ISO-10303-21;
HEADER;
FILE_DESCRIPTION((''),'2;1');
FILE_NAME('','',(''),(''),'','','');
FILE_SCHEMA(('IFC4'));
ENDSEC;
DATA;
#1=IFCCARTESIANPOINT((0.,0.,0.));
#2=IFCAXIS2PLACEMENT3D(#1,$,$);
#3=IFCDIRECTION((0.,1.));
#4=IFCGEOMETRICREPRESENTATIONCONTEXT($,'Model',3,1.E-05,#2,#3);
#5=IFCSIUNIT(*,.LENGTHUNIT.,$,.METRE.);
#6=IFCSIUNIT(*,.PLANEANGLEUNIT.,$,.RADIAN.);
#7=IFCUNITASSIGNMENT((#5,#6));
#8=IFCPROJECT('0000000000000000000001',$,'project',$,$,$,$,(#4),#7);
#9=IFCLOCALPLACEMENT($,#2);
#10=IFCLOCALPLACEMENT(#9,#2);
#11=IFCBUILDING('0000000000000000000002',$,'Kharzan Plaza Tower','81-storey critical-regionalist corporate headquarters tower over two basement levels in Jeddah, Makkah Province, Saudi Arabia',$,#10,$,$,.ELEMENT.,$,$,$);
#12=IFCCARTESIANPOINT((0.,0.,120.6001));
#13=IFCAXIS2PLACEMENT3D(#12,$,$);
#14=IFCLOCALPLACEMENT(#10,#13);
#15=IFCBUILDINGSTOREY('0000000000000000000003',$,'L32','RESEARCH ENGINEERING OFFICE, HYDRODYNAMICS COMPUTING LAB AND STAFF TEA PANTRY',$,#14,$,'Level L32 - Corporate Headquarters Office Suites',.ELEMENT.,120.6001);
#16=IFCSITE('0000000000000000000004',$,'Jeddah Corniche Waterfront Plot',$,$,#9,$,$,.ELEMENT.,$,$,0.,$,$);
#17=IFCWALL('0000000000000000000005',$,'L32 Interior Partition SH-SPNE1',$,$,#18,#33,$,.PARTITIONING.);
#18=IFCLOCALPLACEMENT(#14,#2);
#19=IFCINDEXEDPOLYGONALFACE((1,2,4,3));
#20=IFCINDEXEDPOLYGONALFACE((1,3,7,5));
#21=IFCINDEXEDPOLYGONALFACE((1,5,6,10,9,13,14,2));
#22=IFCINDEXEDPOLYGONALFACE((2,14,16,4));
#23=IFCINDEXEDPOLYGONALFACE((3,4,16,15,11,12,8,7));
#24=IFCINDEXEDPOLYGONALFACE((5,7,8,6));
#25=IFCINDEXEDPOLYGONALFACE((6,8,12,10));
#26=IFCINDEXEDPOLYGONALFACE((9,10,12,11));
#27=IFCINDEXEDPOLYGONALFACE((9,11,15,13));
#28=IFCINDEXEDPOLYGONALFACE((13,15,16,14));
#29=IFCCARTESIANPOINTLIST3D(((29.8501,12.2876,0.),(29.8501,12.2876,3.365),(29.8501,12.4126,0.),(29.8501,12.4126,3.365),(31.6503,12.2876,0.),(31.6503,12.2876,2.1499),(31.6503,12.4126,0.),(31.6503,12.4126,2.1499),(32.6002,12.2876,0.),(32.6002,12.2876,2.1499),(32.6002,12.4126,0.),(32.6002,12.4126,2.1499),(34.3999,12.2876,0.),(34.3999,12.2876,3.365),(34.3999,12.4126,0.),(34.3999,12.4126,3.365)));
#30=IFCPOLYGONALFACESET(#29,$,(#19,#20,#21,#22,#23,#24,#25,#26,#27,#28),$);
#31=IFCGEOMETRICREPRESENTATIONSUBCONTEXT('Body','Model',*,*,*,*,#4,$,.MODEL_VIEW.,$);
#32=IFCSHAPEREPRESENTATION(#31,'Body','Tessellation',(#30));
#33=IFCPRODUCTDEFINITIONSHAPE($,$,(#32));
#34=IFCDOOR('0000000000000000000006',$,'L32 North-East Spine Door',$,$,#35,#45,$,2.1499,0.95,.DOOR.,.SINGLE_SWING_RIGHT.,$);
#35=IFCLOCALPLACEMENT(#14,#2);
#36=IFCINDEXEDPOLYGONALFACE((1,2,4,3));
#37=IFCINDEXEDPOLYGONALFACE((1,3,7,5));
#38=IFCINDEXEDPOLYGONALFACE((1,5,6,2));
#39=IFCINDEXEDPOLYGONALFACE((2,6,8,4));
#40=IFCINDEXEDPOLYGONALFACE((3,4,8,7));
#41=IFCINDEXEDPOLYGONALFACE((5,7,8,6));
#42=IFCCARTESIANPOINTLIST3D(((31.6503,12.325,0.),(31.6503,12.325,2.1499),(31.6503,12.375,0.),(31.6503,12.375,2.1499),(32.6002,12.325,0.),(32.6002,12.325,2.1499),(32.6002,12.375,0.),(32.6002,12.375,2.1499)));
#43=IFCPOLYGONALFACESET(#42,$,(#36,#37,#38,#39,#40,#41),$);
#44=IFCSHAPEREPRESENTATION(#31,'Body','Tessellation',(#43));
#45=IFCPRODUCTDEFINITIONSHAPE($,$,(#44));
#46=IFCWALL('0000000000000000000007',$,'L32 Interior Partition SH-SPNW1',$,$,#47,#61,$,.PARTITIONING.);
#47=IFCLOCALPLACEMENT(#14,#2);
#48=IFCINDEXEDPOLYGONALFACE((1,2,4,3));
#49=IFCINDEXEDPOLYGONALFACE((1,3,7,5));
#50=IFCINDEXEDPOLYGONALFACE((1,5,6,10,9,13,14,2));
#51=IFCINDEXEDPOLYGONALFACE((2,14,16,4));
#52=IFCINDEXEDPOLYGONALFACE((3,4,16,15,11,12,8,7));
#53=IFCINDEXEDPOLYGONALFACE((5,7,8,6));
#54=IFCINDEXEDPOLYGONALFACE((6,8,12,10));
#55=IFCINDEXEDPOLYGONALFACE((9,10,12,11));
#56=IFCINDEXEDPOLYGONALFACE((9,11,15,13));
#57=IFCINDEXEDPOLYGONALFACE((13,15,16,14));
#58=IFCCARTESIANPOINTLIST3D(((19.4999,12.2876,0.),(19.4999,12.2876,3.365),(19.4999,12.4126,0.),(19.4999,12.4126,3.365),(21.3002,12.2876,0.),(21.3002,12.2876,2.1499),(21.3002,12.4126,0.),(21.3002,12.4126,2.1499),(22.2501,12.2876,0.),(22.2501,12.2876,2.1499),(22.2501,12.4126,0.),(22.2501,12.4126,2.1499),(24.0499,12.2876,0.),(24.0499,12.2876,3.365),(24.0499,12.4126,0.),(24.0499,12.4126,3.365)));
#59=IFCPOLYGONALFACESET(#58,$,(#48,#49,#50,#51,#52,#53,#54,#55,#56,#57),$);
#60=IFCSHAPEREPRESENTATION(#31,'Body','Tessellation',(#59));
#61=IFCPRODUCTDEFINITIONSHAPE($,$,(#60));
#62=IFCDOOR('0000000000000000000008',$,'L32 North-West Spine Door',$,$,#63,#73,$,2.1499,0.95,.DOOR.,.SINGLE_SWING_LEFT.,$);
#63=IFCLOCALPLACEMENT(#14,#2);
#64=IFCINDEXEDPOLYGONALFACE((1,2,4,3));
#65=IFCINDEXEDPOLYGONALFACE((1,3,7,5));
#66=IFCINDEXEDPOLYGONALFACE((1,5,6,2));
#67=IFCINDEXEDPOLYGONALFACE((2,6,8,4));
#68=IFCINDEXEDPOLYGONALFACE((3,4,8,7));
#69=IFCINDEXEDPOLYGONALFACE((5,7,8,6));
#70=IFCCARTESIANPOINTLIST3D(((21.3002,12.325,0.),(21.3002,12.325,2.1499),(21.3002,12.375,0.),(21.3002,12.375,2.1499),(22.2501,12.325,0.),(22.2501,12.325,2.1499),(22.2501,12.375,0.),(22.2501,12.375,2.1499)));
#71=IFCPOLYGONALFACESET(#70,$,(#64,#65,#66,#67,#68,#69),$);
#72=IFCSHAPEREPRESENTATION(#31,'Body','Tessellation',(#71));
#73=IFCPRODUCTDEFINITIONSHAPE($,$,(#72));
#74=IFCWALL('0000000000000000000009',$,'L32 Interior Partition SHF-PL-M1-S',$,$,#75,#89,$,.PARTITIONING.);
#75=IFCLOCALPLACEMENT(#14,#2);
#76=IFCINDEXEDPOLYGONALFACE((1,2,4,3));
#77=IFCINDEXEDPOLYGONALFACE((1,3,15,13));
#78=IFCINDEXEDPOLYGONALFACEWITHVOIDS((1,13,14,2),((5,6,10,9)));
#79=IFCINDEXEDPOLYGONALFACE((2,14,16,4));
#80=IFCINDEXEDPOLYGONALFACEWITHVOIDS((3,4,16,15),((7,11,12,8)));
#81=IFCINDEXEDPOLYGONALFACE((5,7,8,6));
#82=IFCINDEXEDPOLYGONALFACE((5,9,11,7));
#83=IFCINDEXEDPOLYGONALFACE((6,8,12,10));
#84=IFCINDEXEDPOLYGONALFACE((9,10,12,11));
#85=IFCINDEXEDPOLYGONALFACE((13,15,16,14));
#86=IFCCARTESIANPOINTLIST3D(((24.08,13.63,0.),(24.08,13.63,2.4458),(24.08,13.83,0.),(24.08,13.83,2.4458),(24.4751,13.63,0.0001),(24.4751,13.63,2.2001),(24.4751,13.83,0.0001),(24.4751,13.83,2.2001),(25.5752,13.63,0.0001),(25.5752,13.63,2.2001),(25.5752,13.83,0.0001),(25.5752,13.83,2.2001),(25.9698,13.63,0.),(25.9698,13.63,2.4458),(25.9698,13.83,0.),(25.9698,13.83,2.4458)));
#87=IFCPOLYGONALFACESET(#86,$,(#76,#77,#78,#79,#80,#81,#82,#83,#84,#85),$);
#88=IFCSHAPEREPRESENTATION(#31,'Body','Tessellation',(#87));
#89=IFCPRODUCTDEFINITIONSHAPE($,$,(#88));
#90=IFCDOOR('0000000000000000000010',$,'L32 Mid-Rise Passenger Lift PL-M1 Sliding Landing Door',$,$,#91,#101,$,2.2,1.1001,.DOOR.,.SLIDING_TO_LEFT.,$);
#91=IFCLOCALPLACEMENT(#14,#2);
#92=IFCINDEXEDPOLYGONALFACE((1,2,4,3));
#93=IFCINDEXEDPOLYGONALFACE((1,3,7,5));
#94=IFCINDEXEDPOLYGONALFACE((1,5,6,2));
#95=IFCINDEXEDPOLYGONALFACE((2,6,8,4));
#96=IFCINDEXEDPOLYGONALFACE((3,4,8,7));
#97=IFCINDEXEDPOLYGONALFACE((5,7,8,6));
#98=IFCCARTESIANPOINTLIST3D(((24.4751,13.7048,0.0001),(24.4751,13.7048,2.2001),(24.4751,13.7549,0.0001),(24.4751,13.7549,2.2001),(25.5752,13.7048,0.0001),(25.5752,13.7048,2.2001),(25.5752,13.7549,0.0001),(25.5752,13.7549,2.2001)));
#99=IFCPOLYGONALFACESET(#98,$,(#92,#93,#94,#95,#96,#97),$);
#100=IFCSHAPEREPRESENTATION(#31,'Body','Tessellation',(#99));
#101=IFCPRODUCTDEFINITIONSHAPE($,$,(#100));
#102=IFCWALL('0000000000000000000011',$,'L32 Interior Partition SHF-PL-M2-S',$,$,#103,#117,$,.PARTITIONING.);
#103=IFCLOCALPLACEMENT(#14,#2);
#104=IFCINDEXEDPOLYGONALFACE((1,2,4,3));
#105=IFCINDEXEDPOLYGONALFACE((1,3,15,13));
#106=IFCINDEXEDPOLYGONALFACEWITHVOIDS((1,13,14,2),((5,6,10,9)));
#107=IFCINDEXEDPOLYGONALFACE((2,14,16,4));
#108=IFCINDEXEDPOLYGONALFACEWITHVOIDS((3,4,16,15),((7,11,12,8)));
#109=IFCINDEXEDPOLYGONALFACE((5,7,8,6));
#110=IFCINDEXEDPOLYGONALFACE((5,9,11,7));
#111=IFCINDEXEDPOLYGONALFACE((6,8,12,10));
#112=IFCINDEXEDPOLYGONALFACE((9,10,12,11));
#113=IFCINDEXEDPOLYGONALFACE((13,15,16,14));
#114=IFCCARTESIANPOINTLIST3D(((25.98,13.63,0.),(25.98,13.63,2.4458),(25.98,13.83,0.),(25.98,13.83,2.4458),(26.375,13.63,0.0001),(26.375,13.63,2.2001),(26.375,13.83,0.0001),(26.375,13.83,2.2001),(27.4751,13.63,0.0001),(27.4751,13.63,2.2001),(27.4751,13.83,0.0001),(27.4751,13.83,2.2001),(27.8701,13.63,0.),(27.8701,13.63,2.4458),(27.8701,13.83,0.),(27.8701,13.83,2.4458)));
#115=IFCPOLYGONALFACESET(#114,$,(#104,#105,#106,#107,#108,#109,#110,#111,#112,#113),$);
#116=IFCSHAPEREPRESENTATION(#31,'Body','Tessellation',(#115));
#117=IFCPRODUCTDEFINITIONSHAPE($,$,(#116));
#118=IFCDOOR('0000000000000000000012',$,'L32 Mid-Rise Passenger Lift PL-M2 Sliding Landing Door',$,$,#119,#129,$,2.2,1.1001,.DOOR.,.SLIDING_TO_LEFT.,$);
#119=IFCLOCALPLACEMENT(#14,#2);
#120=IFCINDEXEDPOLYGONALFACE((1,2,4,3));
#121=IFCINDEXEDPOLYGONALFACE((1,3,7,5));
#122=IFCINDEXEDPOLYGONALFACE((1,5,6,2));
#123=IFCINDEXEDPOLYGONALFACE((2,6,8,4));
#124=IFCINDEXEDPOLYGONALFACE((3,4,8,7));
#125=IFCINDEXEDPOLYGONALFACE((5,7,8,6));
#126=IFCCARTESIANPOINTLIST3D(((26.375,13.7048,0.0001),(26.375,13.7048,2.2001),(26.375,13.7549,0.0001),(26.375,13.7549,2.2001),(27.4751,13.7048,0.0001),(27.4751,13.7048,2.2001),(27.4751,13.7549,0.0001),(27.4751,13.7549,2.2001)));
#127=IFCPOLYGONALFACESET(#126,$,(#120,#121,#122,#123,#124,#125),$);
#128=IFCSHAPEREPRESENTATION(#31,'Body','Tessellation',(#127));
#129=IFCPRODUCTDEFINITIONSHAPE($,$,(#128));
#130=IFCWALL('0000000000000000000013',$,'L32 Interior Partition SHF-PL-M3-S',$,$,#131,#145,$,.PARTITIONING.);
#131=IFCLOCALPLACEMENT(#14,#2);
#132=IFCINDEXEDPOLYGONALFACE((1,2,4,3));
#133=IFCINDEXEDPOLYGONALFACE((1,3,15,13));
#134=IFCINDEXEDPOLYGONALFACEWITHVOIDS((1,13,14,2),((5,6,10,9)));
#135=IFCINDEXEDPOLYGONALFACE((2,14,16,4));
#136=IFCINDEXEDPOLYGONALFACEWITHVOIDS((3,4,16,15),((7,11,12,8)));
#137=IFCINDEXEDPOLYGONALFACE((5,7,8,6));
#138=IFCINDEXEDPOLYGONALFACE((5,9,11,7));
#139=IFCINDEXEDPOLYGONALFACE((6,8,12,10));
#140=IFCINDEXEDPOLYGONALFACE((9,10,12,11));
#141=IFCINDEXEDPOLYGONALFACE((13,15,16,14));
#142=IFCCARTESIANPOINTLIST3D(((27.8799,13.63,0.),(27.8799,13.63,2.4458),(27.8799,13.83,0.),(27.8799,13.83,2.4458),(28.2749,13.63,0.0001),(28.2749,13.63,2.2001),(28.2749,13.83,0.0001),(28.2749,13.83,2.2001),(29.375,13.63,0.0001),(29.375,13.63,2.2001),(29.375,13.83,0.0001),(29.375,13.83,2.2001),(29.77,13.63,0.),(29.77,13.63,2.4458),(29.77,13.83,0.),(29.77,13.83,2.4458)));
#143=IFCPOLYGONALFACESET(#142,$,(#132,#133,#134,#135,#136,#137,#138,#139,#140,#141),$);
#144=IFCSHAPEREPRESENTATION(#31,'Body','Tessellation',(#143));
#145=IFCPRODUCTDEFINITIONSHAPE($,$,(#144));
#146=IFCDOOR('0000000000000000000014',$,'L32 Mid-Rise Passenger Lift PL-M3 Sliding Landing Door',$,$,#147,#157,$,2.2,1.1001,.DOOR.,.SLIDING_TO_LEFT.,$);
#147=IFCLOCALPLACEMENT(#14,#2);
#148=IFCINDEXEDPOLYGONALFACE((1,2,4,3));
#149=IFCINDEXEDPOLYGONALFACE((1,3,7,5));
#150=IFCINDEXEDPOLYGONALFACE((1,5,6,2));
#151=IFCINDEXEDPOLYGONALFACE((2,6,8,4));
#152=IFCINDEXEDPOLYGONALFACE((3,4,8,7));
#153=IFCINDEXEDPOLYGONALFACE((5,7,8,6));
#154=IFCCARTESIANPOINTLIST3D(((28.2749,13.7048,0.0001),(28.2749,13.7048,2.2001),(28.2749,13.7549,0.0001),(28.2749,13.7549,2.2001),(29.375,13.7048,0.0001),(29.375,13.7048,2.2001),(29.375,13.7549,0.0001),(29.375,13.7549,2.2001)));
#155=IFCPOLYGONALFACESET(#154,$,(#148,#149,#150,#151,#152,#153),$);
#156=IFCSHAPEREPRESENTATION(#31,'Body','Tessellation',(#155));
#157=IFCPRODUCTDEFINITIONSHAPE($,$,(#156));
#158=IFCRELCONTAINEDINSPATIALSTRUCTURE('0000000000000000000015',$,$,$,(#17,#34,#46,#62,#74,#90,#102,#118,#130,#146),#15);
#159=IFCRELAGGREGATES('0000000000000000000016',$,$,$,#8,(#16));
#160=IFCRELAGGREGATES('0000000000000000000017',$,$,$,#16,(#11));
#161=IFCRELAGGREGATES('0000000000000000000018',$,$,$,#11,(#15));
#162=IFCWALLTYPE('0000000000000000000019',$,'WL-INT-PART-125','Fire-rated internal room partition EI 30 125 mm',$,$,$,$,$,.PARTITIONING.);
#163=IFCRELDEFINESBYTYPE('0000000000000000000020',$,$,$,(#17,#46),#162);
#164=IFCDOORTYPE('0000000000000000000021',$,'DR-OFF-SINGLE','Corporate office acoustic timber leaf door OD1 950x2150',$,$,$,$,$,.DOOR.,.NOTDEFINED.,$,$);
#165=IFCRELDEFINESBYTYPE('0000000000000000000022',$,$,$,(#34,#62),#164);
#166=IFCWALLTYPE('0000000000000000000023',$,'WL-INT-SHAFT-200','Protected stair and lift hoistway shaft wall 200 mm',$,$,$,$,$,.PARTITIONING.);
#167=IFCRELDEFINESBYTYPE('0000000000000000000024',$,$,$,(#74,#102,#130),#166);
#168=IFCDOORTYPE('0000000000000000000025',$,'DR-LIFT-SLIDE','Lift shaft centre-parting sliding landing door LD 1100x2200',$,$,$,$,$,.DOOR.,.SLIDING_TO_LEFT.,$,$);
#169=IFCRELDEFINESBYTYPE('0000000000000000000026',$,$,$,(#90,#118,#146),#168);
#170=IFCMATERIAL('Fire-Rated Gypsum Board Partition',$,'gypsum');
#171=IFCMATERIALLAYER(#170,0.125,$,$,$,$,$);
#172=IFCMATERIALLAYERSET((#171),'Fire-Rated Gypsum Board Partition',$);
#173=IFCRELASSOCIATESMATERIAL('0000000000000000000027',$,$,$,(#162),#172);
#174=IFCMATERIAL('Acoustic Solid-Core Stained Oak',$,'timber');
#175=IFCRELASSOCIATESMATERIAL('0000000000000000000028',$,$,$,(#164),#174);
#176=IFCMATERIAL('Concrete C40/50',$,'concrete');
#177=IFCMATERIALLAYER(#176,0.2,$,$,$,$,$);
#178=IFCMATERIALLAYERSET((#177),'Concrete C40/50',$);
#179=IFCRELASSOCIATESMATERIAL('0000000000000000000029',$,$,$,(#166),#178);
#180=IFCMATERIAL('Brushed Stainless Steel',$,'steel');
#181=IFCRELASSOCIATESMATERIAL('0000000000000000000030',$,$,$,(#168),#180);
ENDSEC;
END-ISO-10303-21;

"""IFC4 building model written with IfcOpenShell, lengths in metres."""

from ifc_helpers import new_model, si_unit, direction, frame, frame_2d, origin, place, context, subcontext, project, spatial, rectangle, extrude, source, transform, mapped, material, layer, layer_set, type_object, element, fill, save


model = new_model("IFC4")

# Units and contexts
model_context = context("Model", 3, precision=1e-05, world=origin(), true_north=direction((0.0, 1.0)))
body_context = subcontext(model_context, "Body", "Model", "MODEL_VIEW")
ifc_project = project(units=[si_unit("LENGTHUNIT", "METRE"), si_unit("PLANEANGLEUNIT", "RADIAN")], contexts=[model_context])

# Site, building, storey
site_placement = place(None, origin())
site = spatial("IfcSite", under=ifc_project, at=site_placement, Name="Jeddah Corniche Waterfront Plot", CompositionType="ELEMENT", RefElevation=0.0)
building_placement = place(site_placement, origin())
building = spatial("IfcBuilding", under=site, at=building_placement, Name="Kharzan Plaza Tower", Description="81-storey critical-regionalist corporate headquarters tower over two basement levels in Jeddah, Makkah Province, Saudi Arabia", CompositionType="ELEMENT")
storey_placement = place(building_placement, frame((0.0, 0.0, 120.6001)))
storey = spatial("IfcBuildingStorey", under=building, at=storey_placement, Name="L32", Description="RESEARCH ENGINEERING OFFICE, HYDRODYNAMICS COMPUTING LAB AND STAFF TEA PANTRY", LongName="Level L32 - Corporate Headquarters Office Suites", CompositionType="ELEMENT", Elevation=120.6001)

# Walls, openings, doors
ifc_material_1 = material(Name="Fire-Rated Gypsum Board Partition", Category="gypsum")
ifc_layer_1 = layer(ifc_material_1, 0.125)
ifc_layer_set_1 = layer_set([ifc_layer_1], Name="Fire-Rated Gypsum Board Partition")
wall_type_1 = type_object("IfcWallType", Name="WL-INT-PART-125", Description="Fire-rated internal room partition EI 30 125 mm", PredefinedType="PARTITIONING", material=ifc_layer_set_1)
ifc_material_2 = material(Name="Acoustic Solid-Core Stained Oak", Category="timber")
door_type_1 = type_object("IfcDoorType", Name="DR-OFF-SINGLE", Description="Corporate office acoustic timber leaf door OD1 950x2150", OperationType="NOTDEFINED", PredefinedType="DOOR", material=ifc_material_2)
shared_shape_1 = source(origin(), body_context, "Body", "SweptSolid", [
    extrude(rectangle(XDim=0.95, YDim=2.1499, at=frame_2d((0.4751, 1.075))), frame((0.0, 0.0249, 0.0), z_axis=(0.0, -1.0, 0.0), x_axis=(1.0, 0.0, 0.0)), (0.0, 0.0, 1.0), 0.05),
])
wall_1_placement = place(storey_placement, frame((29.8501, 12.3501, 0.0), z_axis=(0.0, 0.0, 1.0), x_axis=(1.0, 0.0, 0.0)))
wall_1 = element("IfcWall", 1, at=wall_1_placement, inside=storey, type_object=wall_type_1, Name="L32 Interior Partition SH-SPNE1", PredefinedType="PARTITIONING", context=body_context, shape_type="SweptSolid", body=[
    extrude(rectangle(XDim=4.5498, YDim=0.125, at=frame_2d((2.2749, 0.0))), origin(), (0.0, 0.0, 1.0), 3.365),
])
opening_1_placement = place(wall_1_placement, frame((1.8, 0.0, 0.0)))
opening_1 = element("IfcOpeningElement", 2, at=opening_1_placement, cuts=wall_1, PredefinedType="OPENING", context=body_context, shape_type="SweptSolid", body=[
    extrude(rectangle(XDim=0.95, YDim=2.1499, at=frame_2d((0.4751, 1.075))), frame((0.0, 0.0725, 0.0), z_axis=(0.0, -1.0, 0.0), x_axis=(1.0, 0.0, 0.0)), (0.0, 0.0, 1.0), 0.145),
])
door_1_placement = place(opening_1_placement, origin())
door_1 = element("IfcDoor", 3, at=door_1_placement, inside=storey, type_object=door_type_1, Name="L32 North-East Spine Door", OperationType="SINGLE_SWING_RIGHT", OverallHeight=2.1499, OverallWidth=0.95, PredefinedType="DOOR", context=body_context, shape_type="MappedRepresentation", body=[
    mapped(shared_shape_1, transform((0.0, 0.0, 0.0), x_axis=(1.0, 0.0, 0.0), y_axis=(0.0, 1.0, 0.0), z_axis=(0.0, 0.0, 1.0))),
])
fill(opening_1, door_1)
wall_2_placement = place(storey_placement, frame((19.5, 12.3501, 0.0), z_axis=(0.0, 0.0, 1.0), x_axis=(1.0, 0.0, 0.0)))
wall_2 = element("IfcWall", 4, at=wall_2_placement, inside=storey, type_object=wall_type_1, Name="L32 Interior Partition SH-SPNW1", PredefinedType="PARTITIONING", context=body_context, shape_type="SweptSolid", body=[
    extrude(rectangle(XDim=4.55, YDim=0.125, at=frame_2d((2.2749, 0.0))), origin(), (0.0, 0.0, 1.0), 3.365),
])
opening_2_placement = place(wall_2_placement, frame((1.8, 0.0, 0.0)))
opening_2 = element("IfcOpeningElement", 5, at=opening_2_placement, cuts=wall_2, PredefinedType="OPENING", context=body_context, shape_type="SweptSolid", body=[
    extrude(rectangle(XDim=0.95, YDim=2.1499, at=frame_2d((0.4751, 1.075))), frame((0.0, 0.0725, 0.0), z_axis=(0.0, -1.0, 0.0), x_axis=(1.0, 0.0, 0.0)), (0.0, 0.0, 1.0), 0.145),
])
door_2_placement = place(opening_2_placement, origin())
door_2 = element("IfcDoor", 6, at=door_2_placement, inside=storey, type_object=door_type_1, Name="L32 North-West Spine Door", OperationType="SINGLE_SWING_LEFT", OverallHeight=2.1499, OverallWidth=0.95, PredefinedType="DOOR", context=body_context, shape_type="MappedRepresentation", body=[
    mapped(shared_shape_1, transform((0.0, 0.0, 0.0), x_axis=(1.0, 0.0, 0.0), y_axis=(0.0, 1.0, 0.0), z_axis=(0.0, 0.0, 1.0))),
])
fill(opening_2, door_2)
ifc_material_3 = material(Name="Concrete C40/50", Category="concrete")
ifc_layer_2 = layer(ifc_material_3, 0.2)
ifc_layer_set_2 = layer_set([ifc_layer_2], Name="Concrete C40/50")
wall_type_2 = type_object("IfcWallType", Name="WL-INT-SHAFT-200", Description="Protected stair and lift hoistway shaft wall 200 mm", PredefinedType="PARTITIONING", material=ifc_layer_set_2)
wall_3_placement = place(storey_placement, frame((24.0801, 13.73, 0.0), z_axis=(0.0, 0.0, 1.0), x_axis=(1.0, 0.0, 0.0)))
wall_3 = element("IfcWall", 7, at=wall_3_placement, inside=storey, type_object=wall_type_2, Name="L32 Interior Partition SHF-PL-M1-S", PredefinedType="PARTITIONING", context=body_context, shape_type="SweptSolid", body=[
    extrude(rectangle(XDim=1.8899, YDim=0.2, at=frame_2d((0.9448, 0.0))), origin(), (0.0, 0.0, 1.0), 2.4458),
])
opening_3_placement = place(wall_3_placement, frame((0.395, 0.0, 0.0)))
opening_3 = element("IfcOpeningElement", 8, at=opening_3_placement, cuts=wall_3, PredefinedType="OPENING", context=body_context, shape_type="SweptSolid", body=[
    extrude(rectangle(XDim=1.1001, YDim=2.2, at=frame_2d((0.55, 1.1001))), frame((0.0, 0.1099, 0.0), z_axis=(0.0, -1.0, 0.0), x_axis=(1.0, 0.0, 0.0)), (0.0, 0.0, 1.0), 0.22),
])
ifc_material_4 = material(Name="Brushed Stainless Steel", Category="steel")
door_type_2 = type_object("IfcDoorType", Name="DR-LIFT-SLIDE", Description="Lift shaft centre-parting sliding landing door LD 1100x2200", OperationType="SLIDING_TO_LEFT", PredefinedType="DOOR", material=ifc_material_4)
shared_shape_2 = source(origin(), body_context, "Body", "SweptSolid", [
    extrude(rectangle(XDim=1.1001, YDim=2.2, at=frame_2d((0.55, 1.1001))), frame((0.0, 0.0249, 0.0), z_axis=(0.0, -1.0, 0.0), x_axis=(1.0, 0.0, 0.0)), (0.0, 0.0, 1.0), 0.05),
])
door_3_placement = place(opening_3_placement, origin())
door_3 = element("IfcDoor", 9, at=door_3_placement, inside=storey, type_object=door_type_2, Name="L32 Mid-Rise Passenger Lift PL-M1 Sliding Landing Door", OperationType="SLIDING_TO_LEFT", OverallHeight=2.2, OverallWidth=1.1001, PredefinedType="DOOR", context=body_context, shape_type="MappedRepresentation", body=[
    mapped(shared_shape_2, transform((0.0, 0.0, 0.0), x_axis=(1.0, 0.0, 0.0), y_axis=(0.0, 1.0, 0.0), z_axis=(0.0, 0.0, 1.0))),
])
fill(opening_3, door_3)
wall_4_placement = place(storey_placement, frame((25.98, 13.73, 0.0), z_axis=(0.0, 0.0, 1.0), x_axis=(1.0, 0.0, 0.0)))
wall_4 = element("IfcWall", 10, at=wall_4_placement, inside=storey, type_object=wall_type_2, Name="L32 Interior Partition SHF-PL-M2-S", PredefinedType="PARTITIONING", context=body_context, shape_type="SweptSolid", body=[
    extrude(rectangle(XDim=1.8901, YDim=0.2, at=frame_2d((0.9451, 0.0))), origin(), (0.0, 0.0, 1.0), 2.4458),
])
opening_4_placement = place(wall_4_placement, frame((0.395, 0.0, 0.0)))
opening_4 = element("IfcOpeningElement", 11, at=opening_4_placement, cuts=wall_4, PredefinedType="OPENING", context=body_context, shape_type="SweptSolid", body=[
    extrude(rectangle(XDim=1.1001, YDim=2.2, at=frame_2d((0.55, 1.1001))), frame((0.0, 0.1099, 0.0), z_axis=(0.0, -1.0, 0.0), x_axis=(1.0, 0.0, 0.0)), (0.0, 0.0, 1.0), 0.22),
])
door_4_placement = place(opening_4_placement, origin())
door_4 = element("IfcDoor", 12, at=door_4_placement, inside=storey, type_object=door_type_2, Name="L32 Mid-Rise Passenger Lift PL-M2 Sliding Landing Door", OperationType="SLIDING_TO_LEFT", OverallHeight=2.2, OverallWidth=1.1001, PredefinedType="DOOR", context=body_context, shape_type="MappedRepresentation", body=[
    mapped(shared_shape_2, transform((0.0, 0.0, 0.0), x_axis=(1.0, 0.0, 0.0), y_axis=(0.0, 1.0, 0.0), z_axis=(0.0, 0.0, 1.0))),
])
fill(opening_4, door_4)
wall_5_placement = place(storey_placement, frame((27.8799, 13.73, 0.0), z_axis=(0.0, 0.0, 1.0), x_axis=(1.0, 0.0, 0.0)))
wall_5 = element("IfcWall", 13, at=wall_5_placement, inside=storey, type_object=wall_type_2, Name="L32 Interior Partition SHF-PL-M3-S", PredefinedType="PARTITIONING", context=body_context, shape_type="SweptSolid", body=[
    extrude(rectangle(XDim=1.8901, YDim=0.2, at=frame_2d((0.9451, 0.0))), origin(), (0.0, 0.0, 1.0), 2.4458),
])
opening_5_placement = place(wall_5_placement, frame((0.395, 0.0, 0.0)))
opening_5 = element("IfcOpeningElement", 14, at=opening_5_placement, cuts=wall_5, PredefinedType="OPENING", context=body_context, shape_type="SweptSolid", body=[
    extrude(rectangle(XDim=1.1001, YDim=2.2, at=frame_2d((0.55, 1.1001))), frame((0.0, 0.1099, 0.0), z_axis=(0.0, -1.0, 0.0), x_axis=(1.0, 0.0, 0.0)), (0.0, 0.0, 1.0), 0.22),
])
door_5_placement = place(opening_5_placement, origin())
door_5 = element("IfcDoor", 15, at=door_5_placement, inside=storey, type_object=door_type_2, Name="L32 Mid-Rise Passenger Lift PL-M3 Sliding Landing Door", OperationType="SLIDING_TO_LEFT", OverallHeight=2.2, OverallWidth=1.1001, PredefinedType="DOOR", context=body_context, shape_type="MappedRepresentation", body=[
    mapped(shared_shape_2, transform((0.0, 0.0, 0.0), x_axis=(1.0, 0.0, 0.0), y_axis=(0.0, 1.0, 0.0), z_axis=(0.0, 0.0, 1.0))),
])
fill(opening_5, door_5)

save(model, "model.ifc")
